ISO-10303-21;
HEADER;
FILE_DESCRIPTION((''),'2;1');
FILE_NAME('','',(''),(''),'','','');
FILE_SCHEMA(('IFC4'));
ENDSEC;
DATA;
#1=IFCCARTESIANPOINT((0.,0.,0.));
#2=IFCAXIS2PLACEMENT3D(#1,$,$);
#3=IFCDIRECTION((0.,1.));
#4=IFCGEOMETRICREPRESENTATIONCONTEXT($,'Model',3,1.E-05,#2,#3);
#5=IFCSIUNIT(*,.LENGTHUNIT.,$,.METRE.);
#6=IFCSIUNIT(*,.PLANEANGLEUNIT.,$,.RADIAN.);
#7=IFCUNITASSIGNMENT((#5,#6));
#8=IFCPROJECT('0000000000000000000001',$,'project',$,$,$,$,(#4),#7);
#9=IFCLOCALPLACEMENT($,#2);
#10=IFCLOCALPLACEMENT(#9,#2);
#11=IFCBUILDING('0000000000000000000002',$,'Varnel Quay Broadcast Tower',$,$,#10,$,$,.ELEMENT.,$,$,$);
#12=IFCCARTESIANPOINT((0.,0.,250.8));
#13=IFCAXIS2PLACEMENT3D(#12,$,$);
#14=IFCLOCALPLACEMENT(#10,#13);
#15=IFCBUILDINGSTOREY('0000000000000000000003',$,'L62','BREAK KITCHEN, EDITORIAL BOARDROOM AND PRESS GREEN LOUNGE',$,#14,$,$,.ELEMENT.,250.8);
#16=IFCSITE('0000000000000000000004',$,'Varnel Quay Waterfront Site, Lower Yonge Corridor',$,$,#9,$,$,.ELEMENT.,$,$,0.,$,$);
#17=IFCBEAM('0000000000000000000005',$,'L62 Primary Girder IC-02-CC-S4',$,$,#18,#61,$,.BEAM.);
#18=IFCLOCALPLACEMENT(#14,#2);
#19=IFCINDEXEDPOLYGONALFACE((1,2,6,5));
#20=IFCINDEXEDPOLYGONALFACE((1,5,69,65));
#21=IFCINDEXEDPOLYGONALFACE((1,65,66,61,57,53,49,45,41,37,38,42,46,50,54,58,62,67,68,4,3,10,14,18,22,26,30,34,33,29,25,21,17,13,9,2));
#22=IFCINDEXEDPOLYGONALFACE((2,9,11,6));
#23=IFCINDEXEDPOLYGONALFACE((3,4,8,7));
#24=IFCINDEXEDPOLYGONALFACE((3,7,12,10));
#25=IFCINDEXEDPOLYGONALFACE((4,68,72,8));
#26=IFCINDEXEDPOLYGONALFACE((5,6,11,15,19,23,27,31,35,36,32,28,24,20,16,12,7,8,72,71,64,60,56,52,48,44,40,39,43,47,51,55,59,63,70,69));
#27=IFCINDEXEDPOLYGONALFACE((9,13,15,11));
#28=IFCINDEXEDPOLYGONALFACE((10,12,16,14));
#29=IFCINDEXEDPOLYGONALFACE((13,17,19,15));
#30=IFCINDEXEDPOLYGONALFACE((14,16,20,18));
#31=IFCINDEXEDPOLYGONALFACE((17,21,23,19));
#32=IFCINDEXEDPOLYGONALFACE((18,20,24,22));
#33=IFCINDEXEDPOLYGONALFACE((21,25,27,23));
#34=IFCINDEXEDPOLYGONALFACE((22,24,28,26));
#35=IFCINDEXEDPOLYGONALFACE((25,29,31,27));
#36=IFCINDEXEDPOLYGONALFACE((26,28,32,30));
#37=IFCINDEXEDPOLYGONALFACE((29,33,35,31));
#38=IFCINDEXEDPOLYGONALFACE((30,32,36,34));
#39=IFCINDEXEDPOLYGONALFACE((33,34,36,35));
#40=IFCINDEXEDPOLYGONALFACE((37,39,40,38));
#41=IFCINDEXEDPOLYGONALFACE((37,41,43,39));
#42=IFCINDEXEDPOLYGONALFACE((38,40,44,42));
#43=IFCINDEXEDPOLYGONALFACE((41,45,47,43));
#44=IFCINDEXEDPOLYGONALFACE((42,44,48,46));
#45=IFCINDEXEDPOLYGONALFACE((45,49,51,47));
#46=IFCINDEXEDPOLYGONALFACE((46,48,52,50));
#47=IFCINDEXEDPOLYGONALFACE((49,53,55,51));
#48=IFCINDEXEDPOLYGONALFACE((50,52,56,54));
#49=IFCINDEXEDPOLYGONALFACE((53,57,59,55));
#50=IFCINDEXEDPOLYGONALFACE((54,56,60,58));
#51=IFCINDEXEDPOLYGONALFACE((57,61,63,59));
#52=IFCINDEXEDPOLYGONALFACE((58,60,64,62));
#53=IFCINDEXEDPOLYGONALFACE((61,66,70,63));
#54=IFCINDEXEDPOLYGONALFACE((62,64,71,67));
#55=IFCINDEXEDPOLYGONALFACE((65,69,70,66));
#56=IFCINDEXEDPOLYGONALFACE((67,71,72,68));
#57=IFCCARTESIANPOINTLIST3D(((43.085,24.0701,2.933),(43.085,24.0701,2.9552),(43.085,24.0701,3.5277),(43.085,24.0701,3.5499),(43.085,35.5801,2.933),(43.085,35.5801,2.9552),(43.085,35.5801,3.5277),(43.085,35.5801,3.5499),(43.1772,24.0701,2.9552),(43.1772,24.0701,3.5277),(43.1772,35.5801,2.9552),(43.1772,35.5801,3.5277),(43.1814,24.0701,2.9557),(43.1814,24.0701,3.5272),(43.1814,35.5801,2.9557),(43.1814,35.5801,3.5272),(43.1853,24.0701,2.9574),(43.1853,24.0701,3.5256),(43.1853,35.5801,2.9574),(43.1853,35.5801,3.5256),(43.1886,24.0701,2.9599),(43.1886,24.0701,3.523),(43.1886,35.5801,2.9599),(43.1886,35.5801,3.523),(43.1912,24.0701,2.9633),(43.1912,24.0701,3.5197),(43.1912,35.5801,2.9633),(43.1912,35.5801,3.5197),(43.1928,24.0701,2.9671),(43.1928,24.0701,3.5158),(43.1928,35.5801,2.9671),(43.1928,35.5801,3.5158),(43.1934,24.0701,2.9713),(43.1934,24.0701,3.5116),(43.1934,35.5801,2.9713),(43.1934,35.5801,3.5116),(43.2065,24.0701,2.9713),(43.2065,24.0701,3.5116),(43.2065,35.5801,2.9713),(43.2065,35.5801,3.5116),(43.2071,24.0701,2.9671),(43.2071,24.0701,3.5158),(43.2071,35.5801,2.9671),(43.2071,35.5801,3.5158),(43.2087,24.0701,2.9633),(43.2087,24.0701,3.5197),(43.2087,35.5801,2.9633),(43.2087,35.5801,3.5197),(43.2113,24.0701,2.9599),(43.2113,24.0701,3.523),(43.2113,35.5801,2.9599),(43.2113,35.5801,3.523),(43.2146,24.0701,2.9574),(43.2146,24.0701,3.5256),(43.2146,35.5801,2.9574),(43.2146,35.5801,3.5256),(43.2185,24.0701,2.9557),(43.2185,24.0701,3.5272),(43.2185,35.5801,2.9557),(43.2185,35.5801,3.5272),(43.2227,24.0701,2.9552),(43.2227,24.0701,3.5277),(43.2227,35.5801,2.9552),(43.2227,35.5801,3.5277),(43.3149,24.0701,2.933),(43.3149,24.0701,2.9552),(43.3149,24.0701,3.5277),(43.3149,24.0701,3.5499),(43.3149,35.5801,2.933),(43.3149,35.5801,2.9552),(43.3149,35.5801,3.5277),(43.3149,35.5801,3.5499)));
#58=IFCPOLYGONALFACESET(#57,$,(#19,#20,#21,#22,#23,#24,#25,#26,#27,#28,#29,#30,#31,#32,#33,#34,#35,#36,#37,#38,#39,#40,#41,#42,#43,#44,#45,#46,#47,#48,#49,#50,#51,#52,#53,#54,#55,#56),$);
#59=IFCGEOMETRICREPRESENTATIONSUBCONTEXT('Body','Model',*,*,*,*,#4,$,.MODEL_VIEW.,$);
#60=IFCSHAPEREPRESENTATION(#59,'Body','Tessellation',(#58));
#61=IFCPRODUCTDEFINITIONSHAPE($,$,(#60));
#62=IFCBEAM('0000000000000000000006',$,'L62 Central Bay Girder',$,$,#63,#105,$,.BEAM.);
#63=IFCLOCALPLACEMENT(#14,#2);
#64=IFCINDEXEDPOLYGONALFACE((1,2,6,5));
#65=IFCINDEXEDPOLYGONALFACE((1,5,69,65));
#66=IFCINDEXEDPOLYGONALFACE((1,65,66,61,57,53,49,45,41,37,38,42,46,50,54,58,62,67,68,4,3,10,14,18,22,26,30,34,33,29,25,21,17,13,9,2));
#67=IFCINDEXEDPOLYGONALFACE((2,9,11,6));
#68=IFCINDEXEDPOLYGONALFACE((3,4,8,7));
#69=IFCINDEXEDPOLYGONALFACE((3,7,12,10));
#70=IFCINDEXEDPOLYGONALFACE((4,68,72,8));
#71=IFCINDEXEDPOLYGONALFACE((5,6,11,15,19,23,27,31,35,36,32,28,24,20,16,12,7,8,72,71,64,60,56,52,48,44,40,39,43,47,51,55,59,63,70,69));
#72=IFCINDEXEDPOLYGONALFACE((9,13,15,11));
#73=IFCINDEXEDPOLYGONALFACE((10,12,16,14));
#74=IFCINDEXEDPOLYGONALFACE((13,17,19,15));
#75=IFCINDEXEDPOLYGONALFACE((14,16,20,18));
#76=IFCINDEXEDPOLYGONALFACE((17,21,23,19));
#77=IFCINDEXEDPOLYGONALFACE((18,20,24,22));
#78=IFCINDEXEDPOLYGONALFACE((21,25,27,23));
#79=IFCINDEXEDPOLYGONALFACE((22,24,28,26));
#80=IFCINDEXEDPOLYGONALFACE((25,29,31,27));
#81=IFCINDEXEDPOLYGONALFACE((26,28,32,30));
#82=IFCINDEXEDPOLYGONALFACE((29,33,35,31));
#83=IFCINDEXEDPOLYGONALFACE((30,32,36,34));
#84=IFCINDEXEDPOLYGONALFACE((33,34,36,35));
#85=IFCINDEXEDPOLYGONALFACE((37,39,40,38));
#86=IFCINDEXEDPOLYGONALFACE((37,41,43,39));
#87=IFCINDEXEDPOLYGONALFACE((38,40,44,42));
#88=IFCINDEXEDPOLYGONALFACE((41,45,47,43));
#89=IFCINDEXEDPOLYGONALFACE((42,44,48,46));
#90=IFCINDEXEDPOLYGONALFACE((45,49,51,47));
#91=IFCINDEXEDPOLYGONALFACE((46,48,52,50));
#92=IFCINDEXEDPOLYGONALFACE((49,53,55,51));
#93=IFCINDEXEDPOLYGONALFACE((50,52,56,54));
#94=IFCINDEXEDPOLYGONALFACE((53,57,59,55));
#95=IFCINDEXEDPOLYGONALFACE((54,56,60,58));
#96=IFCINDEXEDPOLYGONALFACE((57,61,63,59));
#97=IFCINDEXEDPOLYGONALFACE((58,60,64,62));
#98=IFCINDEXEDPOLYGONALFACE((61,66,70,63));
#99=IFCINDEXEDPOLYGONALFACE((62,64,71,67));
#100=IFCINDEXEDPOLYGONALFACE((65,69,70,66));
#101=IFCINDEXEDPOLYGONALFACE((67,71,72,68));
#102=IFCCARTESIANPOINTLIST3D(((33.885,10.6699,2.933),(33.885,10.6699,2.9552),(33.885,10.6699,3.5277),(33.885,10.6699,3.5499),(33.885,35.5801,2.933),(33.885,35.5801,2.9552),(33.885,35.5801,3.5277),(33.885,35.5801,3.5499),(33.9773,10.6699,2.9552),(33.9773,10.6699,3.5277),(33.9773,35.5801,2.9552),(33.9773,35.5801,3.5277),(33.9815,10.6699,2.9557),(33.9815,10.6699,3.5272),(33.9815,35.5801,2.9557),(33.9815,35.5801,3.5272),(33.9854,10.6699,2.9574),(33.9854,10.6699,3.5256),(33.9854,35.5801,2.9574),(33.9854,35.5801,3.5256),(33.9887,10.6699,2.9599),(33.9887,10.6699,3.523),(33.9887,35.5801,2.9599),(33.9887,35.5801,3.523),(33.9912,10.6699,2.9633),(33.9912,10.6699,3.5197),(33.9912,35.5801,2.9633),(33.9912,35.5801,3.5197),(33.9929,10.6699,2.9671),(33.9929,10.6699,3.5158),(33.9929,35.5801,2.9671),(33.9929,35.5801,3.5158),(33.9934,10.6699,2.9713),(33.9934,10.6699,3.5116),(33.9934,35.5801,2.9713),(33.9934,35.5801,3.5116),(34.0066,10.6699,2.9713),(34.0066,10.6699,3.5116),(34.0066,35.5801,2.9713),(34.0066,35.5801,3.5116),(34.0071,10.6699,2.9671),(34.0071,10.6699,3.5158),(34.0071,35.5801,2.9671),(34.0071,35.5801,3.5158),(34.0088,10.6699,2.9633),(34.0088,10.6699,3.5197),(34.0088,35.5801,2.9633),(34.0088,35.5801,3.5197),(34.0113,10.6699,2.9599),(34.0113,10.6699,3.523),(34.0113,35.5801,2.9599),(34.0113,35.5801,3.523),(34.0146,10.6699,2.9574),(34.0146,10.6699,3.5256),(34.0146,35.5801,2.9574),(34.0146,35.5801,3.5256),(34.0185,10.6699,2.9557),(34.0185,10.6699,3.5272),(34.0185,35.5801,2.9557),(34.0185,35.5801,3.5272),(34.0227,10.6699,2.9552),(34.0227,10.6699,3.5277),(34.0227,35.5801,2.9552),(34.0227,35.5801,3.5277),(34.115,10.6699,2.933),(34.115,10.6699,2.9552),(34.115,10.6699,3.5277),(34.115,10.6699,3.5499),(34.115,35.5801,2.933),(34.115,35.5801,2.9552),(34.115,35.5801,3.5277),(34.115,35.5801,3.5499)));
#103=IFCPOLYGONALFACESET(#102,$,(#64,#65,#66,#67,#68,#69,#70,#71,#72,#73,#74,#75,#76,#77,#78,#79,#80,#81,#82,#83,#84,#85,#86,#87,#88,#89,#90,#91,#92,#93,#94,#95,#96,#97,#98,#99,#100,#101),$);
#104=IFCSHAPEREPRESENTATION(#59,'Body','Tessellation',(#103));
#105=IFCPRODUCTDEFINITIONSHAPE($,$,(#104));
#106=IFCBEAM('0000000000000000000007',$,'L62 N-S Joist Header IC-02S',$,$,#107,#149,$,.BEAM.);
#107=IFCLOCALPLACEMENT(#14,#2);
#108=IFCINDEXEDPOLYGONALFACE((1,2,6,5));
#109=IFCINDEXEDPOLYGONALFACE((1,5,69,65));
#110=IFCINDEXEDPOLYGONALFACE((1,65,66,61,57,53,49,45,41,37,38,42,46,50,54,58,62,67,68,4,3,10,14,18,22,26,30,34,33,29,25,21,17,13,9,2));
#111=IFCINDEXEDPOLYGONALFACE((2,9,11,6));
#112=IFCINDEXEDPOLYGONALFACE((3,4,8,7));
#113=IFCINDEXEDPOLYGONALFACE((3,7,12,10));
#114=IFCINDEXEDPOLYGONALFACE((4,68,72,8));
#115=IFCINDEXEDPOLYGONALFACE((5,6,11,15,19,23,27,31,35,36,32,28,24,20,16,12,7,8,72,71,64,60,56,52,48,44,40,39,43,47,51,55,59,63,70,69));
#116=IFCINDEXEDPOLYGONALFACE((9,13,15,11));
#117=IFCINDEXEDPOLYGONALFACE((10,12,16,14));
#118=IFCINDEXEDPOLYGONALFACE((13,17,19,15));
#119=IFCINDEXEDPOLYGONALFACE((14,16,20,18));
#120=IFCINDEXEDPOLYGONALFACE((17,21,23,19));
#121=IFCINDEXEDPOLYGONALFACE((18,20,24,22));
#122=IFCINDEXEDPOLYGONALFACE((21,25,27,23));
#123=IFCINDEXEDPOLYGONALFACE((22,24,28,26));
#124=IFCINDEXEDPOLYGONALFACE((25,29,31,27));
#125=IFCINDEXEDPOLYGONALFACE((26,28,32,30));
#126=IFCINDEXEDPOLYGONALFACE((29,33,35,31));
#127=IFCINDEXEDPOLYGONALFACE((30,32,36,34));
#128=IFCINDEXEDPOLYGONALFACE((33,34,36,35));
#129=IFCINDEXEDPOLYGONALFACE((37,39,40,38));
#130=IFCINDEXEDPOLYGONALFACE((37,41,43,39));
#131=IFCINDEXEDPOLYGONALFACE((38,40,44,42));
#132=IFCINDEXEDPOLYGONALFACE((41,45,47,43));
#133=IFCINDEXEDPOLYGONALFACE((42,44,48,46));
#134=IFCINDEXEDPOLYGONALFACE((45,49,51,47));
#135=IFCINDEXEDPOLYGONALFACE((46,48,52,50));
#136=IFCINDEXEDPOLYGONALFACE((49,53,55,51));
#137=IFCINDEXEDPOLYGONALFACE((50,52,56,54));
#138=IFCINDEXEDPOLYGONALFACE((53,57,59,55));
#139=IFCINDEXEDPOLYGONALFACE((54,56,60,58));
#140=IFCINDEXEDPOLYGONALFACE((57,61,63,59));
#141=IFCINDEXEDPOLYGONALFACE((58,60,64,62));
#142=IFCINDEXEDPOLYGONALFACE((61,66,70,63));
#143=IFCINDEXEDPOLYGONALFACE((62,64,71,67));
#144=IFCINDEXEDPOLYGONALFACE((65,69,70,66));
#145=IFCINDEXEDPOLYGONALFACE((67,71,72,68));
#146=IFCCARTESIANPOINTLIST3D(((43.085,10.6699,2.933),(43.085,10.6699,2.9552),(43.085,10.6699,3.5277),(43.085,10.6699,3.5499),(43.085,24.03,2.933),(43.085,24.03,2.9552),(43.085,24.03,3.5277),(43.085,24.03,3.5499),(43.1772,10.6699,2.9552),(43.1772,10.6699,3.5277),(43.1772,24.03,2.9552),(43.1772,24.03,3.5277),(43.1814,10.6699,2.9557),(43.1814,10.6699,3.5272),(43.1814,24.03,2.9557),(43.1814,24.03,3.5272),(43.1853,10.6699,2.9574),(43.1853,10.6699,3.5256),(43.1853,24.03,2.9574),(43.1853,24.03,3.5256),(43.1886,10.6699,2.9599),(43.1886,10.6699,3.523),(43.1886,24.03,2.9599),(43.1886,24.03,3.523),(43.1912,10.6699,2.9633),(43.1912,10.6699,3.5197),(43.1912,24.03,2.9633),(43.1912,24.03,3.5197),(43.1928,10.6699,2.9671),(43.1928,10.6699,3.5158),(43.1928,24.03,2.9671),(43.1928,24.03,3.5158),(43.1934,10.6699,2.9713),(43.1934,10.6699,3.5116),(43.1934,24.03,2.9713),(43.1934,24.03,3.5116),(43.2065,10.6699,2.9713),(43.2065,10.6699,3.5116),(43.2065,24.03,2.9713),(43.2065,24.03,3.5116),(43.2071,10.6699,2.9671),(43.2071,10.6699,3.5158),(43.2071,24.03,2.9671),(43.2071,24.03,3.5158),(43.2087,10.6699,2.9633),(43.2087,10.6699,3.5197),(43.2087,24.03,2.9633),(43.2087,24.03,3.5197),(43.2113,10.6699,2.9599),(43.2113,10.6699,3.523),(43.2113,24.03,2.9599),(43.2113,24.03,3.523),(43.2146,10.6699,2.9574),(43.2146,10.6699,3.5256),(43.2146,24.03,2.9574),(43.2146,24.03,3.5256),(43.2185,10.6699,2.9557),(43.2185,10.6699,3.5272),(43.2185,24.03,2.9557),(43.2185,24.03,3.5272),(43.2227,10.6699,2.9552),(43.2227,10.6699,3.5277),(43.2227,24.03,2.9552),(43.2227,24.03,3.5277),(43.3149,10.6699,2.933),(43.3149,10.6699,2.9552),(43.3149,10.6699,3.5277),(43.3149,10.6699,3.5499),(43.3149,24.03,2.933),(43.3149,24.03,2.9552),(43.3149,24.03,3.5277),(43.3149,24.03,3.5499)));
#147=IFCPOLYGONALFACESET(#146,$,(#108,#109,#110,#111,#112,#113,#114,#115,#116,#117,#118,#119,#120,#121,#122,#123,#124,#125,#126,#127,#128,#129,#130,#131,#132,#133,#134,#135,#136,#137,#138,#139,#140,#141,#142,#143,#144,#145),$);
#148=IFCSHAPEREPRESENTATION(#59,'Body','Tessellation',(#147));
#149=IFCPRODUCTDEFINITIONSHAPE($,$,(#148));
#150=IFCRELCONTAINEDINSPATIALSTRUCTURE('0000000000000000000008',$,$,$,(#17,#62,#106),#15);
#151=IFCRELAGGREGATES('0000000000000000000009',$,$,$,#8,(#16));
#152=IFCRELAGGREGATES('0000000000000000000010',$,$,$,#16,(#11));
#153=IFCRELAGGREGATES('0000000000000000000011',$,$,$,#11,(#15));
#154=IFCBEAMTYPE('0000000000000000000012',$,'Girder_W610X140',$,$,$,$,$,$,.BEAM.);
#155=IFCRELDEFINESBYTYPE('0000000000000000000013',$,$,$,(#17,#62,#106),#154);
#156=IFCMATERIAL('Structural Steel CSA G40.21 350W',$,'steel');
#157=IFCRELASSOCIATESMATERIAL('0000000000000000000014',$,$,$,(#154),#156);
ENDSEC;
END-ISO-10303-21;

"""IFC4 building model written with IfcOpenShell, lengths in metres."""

from ifc_helpers import new_model, si_unit, direction, frame, origin, origin_2d, place, context, subcontext, project, spatial, i_section, extrude, source, transform, mapped, material, material_profile, profile_set, type_object, element, save


model = new_model("IFC4")

# Units and contexts
model_context = context("Model", 3, precision=1e-05, world=origin(), true_north=direction((0.0, 1.0)))
body_context = subcontext(model_context, "Body", "Model", "MODEL_VIEW")
ifc_project = project(units=[si_unit("LENGTHUNIT", "METRE"), si_unit("PLANEANGLEUNIT", "RADIAN")], contexts=[model_context])

# Site, building, storey
site_placement = place(None, origin())
site = spatial("IfcSite", under=ifc_project, at=site_placement, Name="Varnel Quay Waterfront Site, Lower Yonge Corridor", CompositionType="ELEMENT", RefElevation=0.0)
building_placement = place(site_placement, origin())
building = spatial("IfcBuilding", under=site, at=building_placement, Name="Varnel Quay Broadcast Tower", CompositionType="ELEMENT")
storey_placement = place(building_placement, frame((0.0, 0.0, 250.8)))
storey = spatial("IfcBuildingStorey", under=building, at=storey_placement, Name="L62", Description="BREAK KITCHEN, EDITORIAL BOARDROOM AND PRESS GREEN LOUNGE", CompositionType="ELEMENT", Elevation=250.8)

# Shared definitions
ifc_material_1 = material(Name="Structural Steel CSA G40.21 350W", Category="steel")

# Beams
ifc_material_profile_1 = material_profile(ifc_material_1, i_section(OverallWidth=0.23, OverallDepth=0.6169, WebThickness=0.0132, FlangeThickness=0.0222, FilletRadius=0.0161, at=origin_2d()), Name="W610X140")
ifc_profile_set_1 = profile_set([ifc_material_profile_1], Name="Structural Steel CSA G40.21 350W")
beam_type_1 = type_object("IfcBeamType", Name="Girder_W610X140", PredefinedType="BEAM", material=ifc_profile_set_1)
shared_shape_1 = source(origin(), body_context, "Body", "SweptSolid", [
    extrude(i_section(OverallWidth=0.23, OverallDepth=0.6169, WebThickness=0.0132, FlangeThickness=0.0222, FilletRadius=0.0161, at=origin_2d()), origin(), (0.0, 0.0, 1.0), 11.51),
])
beam_1_placement = place(storey_placement, frame((43.2, 24.0701, 3.2415), z_axis=(0.0, 1.0, 0.0), x_axis=(-1.0, 0.0, 0.0)))
element("IfcBeam", 1, at=beam_1_placement, inside=storey, type_object=beam_type_1, Name="L62 Primary Girder IC-02-CC-S4", PredefinedType="BEAM", context=body_context, shape_type="MappedRepresentation", body=[
    mapped(shared_shape_1, transform((0.0, 0.0, 0.0), x_axis=(1.0, 0.0, 0.0), y_axis=(0.0, 1.0, 0.0), z_axis=(0.0, 0.0, 1.0), scale=1.0)),
])
shared_shape_2 = source(origin(), body_context, "Body", "SweptSolid", [
    extrude(i_section(OverallWidth=0.23, OverallDepth=0.6169, WebThickness=0.0132, FlangeThickness=0.0222, FilletRadius=0.0161, at=origin_2d()), origin(), (0.0, 0.0, 1.0), 24.9102),
])
beam_2_placement = place(storey_placement, frame((34.0, 10.6699, 3.2415), z_axis=(0.0, 1.0, 0.0), x_axis=(-1.0, 0.0, 0.0)))
element("IfcBeam", 2, at=beam_2_placement, inside=storey, type_object=beam_type_1, Name="L62 Central Bay Girder", PredefinedType="BEAM", context=body_context, shape_type="MappedRepresentation", body=[
    mapped(shared_shape_2, transform((0.0, 0.0, 0.0), x_axis=(1.0, 0.0, 0.0), y_axis=(0.0, 1.0, 0.0), z_axis=(0.0, 0.0, 1.0), scale=1.0)),
])
shared_shape_3 = source(origin(), body_context, "Body", "SweptSolid", [
    extrude(i_section(OverallWidth=0.23, OverallDepth=0.6169, WebThickness=0.0132, FlangeThickness=0.0222, FilletRadius=0.0161, at=origin_2d()), origin(), (0.0, 0.0, 1.0), 13.3601),
])
beam_3_placement = place(storey_placement, frame((43.2, 10.6699, 3.2415), z_axis=(0.0, 1.0, 0.0), x_axis=(-1.0, 0.0, 0.0)))
element("IfcBeam", 3, at=beam_3_placement, inside=storey, type_object=beam_type_1, Name="L62 N-S Joist Header IC-02S", PredefinedType="BEAM", context=body_context, shape_type="MappedRepresentation", body=[
    mapped(shared_shape_3, transform((0.0, 0.0, 0.0), x_axis=(1.0, 0.0, 0.0), y_axis=(0.0, 1.0, 0.0), z_axis=(0.0, 0.0, 1.0), scale=1.0)),
])

save(model, "model.ifc")
